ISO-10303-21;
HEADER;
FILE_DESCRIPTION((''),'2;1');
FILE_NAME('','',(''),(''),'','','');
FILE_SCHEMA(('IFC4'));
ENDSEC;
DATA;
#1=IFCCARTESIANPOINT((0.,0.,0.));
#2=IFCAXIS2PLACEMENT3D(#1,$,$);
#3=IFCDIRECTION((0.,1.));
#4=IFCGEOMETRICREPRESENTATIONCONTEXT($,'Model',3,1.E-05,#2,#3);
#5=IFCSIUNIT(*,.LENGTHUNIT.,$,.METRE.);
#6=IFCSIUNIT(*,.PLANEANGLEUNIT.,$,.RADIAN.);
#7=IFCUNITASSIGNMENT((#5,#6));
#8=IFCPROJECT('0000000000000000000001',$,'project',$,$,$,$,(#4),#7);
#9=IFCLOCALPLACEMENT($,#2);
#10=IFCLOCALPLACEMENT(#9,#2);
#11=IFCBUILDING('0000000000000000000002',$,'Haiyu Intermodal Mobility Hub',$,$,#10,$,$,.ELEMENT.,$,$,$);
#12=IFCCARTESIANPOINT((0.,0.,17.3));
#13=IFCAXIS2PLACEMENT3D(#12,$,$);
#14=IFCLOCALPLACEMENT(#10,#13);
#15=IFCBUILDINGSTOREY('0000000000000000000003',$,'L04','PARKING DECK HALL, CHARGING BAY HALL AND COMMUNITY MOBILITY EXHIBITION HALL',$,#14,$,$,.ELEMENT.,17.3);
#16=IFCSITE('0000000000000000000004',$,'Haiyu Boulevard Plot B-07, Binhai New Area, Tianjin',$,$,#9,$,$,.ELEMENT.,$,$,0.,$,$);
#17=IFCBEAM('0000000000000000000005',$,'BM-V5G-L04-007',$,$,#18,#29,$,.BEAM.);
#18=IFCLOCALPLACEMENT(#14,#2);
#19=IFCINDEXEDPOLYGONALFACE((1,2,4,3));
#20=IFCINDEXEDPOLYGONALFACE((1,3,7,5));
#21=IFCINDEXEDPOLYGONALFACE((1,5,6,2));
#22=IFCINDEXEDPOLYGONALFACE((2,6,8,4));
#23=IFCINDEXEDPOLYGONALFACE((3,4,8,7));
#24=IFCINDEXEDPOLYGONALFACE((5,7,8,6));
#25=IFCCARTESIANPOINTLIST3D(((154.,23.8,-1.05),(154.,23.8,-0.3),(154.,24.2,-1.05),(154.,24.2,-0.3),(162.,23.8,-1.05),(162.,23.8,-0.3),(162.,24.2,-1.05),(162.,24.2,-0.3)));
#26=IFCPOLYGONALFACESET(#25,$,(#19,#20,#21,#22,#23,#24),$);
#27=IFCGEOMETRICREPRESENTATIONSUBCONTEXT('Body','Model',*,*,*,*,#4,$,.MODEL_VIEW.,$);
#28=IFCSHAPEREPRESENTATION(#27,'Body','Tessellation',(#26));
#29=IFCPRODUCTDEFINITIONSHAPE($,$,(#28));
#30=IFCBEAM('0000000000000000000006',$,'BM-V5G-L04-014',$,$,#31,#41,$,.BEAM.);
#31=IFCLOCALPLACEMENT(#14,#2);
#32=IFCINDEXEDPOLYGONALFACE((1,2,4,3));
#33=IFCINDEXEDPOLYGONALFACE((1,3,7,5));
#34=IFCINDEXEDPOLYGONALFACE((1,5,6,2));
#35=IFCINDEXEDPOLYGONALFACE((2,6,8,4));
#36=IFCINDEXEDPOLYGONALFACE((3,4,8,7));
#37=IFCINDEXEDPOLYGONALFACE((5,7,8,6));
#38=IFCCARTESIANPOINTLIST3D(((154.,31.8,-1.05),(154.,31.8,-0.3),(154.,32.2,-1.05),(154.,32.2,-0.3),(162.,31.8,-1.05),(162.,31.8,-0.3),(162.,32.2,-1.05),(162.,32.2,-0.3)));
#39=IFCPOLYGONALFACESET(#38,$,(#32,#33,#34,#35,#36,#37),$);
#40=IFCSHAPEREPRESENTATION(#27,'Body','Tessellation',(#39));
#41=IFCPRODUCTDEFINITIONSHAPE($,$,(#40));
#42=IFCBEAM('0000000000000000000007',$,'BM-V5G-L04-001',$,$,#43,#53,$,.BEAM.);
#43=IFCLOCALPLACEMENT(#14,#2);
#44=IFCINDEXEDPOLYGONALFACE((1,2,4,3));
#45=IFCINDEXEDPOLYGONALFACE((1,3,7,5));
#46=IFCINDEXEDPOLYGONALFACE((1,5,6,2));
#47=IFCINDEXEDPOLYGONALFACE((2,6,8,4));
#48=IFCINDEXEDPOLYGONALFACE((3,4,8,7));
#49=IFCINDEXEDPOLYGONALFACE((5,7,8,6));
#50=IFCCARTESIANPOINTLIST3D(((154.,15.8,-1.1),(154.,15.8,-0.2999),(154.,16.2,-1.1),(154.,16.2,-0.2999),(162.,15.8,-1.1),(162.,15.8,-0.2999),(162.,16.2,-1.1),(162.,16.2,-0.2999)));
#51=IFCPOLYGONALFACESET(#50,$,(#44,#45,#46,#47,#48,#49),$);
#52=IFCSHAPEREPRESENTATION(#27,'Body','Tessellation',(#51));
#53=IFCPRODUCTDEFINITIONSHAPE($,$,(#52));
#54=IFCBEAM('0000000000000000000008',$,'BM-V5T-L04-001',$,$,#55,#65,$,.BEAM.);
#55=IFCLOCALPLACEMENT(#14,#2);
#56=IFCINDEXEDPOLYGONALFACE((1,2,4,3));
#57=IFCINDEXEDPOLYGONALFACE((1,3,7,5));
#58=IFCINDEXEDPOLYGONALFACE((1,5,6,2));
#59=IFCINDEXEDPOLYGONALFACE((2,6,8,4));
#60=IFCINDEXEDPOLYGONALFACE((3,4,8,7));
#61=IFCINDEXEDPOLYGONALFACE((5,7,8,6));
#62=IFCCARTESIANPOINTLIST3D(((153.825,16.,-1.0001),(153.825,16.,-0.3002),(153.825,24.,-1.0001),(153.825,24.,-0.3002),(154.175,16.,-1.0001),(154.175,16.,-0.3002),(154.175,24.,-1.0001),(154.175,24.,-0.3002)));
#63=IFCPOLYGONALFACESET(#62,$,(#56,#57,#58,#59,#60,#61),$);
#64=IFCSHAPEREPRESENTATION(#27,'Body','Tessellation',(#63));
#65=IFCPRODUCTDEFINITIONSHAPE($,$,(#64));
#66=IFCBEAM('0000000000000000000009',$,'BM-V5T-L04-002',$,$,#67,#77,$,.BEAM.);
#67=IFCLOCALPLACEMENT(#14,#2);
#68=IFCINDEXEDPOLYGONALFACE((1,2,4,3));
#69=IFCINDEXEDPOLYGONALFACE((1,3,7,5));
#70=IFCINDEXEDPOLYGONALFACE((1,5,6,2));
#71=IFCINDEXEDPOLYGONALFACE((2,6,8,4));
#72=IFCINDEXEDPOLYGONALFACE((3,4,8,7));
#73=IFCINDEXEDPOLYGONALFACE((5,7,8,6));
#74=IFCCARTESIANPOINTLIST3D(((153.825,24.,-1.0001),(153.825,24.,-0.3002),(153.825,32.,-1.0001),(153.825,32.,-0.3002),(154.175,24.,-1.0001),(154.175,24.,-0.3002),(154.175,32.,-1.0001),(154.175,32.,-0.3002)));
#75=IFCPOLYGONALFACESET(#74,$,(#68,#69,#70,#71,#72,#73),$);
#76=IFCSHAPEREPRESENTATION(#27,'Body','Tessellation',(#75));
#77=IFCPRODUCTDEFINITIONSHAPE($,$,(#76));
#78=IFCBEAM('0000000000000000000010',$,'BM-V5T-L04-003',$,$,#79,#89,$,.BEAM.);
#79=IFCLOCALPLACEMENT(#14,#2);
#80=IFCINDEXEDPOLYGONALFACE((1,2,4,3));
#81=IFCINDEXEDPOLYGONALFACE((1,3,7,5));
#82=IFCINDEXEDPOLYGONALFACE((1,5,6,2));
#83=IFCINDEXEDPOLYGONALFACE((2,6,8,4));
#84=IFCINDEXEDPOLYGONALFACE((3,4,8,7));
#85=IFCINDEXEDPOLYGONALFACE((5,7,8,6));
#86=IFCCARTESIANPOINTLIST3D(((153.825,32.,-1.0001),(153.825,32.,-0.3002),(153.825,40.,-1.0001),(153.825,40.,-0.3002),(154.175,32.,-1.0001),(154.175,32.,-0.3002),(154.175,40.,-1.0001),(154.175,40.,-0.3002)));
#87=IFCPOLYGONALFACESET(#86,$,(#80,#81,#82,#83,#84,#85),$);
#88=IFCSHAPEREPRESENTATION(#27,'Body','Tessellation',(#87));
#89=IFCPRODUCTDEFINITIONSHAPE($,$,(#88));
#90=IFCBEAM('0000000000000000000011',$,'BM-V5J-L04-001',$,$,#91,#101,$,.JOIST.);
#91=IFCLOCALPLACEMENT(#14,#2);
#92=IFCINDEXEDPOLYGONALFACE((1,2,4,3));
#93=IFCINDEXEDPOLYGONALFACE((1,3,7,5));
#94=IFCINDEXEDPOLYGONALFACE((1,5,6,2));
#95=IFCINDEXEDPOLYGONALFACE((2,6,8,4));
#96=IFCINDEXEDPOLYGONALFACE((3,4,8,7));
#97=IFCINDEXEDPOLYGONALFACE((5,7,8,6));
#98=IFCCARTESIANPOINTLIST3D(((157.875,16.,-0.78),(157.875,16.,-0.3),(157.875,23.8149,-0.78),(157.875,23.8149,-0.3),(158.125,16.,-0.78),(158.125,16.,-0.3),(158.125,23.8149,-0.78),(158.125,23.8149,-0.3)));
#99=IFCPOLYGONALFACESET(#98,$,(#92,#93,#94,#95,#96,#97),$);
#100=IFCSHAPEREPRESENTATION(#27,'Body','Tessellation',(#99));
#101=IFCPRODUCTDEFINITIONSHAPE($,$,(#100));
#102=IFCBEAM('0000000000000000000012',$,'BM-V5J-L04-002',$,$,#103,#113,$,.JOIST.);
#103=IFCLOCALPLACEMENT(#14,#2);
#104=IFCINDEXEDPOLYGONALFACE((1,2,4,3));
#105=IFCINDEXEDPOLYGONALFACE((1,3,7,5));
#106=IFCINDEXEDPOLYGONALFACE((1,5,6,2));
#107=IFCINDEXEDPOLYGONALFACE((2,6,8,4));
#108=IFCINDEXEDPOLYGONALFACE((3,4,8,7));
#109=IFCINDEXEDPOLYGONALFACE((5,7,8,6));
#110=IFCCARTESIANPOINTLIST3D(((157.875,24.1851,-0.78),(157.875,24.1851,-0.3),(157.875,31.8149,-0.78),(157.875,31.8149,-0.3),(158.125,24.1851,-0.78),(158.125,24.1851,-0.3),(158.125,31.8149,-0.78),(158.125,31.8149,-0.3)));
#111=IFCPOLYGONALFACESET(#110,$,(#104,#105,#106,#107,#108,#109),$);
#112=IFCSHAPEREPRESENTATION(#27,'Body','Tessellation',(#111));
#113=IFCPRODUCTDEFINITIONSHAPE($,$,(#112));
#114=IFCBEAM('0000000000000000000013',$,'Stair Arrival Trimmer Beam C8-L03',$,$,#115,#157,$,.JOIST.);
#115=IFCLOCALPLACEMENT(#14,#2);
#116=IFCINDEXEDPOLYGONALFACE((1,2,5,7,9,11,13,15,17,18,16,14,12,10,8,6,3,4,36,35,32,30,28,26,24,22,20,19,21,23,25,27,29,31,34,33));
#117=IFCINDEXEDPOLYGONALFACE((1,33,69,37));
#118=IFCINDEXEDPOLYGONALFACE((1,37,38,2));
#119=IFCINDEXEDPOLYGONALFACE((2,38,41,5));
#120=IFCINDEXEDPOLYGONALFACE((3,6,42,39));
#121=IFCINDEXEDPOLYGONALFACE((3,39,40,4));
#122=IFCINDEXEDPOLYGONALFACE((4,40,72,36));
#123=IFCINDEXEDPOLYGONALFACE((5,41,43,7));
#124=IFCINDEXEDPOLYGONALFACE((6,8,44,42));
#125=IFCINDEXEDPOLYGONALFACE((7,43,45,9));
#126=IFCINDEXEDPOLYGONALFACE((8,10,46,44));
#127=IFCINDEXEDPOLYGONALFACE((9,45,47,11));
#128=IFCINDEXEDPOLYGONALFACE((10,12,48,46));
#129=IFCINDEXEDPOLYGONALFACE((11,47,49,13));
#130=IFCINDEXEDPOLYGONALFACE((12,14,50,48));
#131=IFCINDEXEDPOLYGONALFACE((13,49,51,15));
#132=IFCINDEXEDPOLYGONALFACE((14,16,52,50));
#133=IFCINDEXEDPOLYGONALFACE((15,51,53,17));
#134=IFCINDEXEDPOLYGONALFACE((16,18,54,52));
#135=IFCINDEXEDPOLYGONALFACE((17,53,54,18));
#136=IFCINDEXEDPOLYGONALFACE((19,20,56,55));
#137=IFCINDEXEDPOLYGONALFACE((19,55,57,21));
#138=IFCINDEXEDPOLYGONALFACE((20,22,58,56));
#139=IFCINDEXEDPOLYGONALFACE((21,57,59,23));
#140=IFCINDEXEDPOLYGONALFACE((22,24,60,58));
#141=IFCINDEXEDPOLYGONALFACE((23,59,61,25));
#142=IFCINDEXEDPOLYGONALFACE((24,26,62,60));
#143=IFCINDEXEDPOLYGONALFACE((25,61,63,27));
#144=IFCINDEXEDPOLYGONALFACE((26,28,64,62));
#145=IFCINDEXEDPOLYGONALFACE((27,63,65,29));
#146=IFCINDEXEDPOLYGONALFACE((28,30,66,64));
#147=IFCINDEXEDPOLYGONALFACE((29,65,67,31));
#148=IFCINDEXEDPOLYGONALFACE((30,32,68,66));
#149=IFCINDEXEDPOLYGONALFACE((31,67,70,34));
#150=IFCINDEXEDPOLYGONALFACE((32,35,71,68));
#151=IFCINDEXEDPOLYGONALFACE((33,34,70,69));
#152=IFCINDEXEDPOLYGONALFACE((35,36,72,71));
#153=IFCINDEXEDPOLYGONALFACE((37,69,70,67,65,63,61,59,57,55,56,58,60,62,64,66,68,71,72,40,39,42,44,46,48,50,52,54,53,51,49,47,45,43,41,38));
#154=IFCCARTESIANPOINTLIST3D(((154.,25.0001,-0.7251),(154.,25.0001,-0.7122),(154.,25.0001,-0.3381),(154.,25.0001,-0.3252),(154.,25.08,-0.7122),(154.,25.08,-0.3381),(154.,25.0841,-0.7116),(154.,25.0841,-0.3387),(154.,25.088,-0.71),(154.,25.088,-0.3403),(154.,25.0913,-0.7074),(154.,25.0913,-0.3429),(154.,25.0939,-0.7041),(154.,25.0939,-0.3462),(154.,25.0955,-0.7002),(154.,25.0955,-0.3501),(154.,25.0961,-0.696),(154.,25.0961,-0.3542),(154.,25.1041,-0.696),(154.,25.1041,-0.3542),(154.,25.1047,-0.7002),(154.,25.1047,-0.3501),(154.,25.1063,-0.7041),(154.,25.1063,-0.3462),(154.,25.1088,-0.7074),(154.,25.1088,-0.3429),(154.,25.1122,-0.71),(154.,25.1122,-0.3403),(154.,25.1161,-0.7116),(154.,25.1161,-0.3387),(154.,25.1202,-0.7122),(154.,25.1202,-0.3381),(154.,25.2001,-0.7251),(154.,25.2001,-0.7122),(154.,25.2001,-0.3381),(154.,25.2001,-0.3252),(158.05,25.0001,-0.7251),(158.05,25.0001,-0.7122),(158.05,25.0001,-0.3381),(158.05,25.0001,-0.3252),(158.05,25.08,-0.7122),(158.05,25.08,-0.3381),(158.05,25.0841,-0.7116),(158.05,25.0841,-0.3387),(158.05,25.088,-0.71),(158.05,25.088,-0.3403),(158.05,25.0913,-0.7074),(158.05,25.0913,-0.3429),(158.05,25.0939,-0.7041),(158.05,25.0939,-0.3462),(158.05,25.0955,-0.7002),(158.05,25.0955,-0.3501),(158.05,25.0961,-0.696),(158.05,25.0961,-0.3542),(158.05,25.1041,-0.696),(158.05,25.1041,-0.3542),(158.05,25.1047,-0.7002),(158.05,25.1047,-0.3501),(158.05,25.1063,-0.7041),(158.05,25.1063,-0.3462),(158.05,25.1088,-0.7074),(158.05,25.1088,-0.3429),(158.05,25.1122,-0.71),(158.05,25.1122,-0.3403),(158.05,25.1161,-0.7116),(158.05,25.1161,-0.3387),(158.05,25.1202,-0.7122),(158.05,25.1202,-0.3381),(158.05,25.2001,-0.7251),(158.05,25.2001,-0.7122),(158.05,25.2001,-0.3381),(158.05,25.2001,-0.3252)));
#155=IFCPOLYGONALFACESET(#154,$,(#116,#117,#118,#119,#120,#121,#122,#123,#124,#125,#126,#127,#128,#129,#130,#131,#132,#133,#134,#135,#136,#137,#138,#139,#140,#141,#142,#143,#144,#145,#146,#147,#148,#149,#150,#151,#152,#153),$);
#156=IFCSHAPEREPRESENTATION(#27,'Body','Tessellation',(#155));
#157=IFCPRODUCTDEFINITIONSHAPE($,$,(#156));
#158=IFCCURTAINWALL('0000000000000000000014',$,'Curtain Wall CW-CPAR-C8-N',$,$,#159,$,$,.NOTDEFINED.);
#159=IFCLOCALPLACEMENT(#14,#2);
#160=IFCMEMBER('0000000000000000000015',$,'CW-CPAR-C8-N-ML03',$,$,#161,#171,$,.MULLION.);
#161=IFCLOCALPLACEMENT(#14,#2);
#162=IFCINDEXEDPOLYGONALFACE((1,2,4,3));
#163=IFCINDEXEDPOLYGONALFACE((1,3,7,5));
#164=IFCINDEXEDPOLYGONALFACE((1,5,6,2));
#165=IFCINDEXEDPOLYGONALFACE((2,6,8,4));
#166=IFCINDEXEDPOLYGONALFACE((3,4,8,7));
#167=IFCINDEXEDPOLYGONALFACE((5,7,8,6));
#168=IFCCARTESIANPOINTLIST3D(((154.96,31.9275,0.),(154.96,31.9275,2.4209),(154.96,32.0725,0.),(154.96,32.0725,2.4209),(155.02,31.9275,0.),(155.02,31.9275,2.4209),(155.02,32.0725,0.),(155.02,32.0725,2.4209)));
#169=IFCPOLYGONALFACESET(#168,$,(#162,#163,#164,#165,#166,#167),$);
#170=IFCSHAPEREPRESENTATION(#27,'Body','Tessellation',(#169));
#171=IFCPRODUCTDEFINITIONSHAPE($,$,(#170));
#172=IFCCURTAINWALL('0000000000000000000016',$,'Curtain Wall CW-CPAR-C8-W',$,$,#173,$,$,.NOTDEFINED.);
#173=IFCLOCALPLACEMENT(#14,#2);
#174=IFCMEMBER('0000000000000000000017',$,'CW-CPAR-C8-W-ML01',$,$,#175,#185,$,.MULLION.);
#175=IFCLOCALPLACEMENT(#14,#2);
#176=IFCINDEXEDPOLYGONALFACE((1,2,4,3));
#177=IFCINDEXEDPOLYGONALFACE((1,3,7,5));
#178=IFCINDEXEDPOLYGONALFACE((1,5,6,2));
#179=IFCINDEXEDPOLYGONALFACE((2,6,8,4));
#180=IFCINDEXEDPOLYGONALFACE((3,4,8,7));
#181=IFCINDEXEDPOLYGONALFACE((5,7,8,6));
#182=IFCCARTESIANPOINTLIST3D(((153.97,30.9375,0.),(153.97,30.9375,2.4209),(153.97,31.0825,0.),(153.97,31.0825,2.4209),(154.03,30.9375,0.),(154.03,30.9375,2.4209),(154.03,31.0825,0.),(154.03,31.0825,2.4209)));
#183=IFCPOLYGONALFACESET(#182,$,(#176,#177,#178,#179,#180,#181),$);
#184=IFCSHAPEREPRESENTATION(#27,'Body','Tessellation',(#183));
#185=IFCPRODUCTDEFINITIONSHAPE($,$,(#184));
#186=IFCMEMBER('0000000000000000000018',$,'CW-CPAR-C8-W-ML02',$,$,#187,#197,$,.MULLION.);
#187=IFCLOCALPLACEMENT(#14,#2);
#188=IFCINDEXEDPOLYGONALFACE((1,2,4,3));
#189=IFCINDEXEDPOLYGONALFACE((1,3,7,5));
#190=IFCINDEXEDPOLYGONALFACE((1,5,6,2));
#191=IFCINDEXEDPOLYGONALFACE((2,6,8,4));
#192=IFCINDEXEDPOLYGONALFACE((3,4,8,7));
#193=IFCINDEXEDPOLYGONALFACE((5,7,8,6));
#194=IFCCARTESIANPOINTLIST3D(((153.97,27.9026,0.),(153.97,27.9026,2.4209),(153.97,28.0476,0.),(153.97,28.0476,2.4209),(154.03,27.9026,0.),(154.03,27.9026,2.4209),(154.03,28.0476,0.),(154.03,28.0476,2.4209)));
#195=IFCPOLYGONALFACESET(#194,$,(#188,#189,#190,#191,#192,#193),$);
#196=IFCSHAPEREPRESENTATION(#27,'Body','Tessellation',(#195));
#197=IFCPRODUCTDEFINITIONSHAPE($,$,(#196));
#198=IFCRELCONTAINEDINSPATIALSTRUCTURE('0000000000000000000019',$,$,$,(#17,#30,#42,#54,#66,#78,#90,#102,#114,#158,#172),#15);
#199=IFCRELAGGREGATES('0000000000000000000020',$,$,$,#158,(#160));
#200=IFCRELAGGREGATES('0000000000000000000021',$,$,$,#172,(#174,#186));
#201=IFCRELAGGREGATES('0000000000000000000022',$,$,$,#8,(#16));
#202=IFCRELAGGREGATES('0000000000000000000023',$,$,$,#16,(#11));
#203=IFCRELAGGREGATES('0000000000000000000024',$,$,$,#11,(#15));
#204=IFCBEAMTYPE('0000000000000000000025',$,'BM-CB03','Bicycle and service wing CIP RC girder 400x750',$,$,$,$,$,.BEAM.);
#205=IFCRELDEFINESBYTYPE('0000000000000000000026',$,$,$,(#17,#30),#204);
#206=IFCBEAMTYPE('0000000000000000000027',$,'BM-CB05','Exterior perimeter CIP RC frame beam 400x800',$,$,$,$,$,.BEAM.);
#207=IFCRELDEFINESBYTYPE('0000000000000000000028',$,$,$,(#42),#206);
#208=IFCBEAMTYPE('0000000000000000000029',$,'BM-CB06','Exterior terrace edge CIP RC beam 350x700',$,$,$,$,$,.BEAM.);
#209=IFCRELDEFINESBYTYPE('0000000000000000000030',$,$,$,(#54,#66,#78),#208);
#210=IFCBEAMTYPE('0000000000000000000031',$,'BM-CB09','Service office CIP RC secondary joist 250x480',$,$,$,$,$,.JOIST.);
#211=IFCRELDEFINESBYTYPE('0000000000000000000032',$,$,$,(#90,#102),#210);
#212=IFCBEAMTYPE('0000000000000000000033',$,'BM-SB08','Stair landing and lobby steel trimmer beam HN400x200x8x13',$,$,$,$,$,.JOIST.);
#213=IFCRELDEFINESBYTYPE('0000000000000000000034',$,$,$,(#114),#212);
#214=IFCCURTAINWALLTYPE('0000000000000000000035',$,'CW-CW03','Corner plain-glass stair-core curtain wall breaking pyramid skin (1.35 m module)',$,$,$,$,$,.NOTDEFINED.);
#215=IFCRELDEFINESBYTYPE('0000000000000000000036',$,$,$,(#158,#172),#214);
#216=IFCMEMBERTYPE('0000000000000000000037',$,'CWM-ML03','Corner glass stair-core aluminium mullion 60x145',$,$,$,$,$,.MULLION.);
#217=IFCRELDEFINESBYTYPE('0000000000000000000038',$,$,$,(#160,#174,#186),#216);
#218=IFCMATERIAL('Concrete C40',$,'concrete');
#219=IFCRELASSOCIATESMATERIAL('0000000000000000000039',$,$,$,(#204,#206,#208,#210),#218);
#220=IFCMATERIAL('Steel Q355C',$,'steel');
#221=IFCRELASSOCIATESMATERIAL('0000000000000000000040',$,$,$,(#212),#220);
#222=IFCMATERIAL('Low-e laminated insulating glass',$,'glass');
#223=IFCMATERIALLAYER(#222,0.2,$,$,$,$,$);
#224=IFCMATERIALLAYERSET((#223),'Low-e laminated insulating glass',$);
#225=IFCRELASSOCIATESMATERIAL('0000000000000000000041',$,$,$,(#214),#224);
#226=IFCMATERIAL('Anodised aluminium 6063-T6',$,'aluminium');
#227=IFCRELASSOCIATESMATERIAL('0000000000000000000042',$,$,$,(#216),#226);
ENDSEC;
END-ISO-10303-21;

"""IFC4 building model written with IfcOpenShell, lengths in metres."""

from ifc_helpers import new_model, si_unit, direction, frame, origin, origin_2d, place, context, subcontext, project, spatial, rectangle, i_section, extrude, material, layer, layer_set, material_profile, profile_set, type_object, element, aggregate, save


model = new_model("IFC4")

# Units and contexts
model_context = context("Model", 3, precision=1e-05, world=origin(), true_north=direction((0.0, 1.0)))
body_context = subcontext(model_context, "Body", "Model", "MODEL_VIEW")
ifc_project = project(units=[si_unit("LENGTHUNIT", "METRE"), si_unit("PLANEANGLEUNIT", "RADIAN")], contexts=[model_context])

# Site, building, storey
site_placement = place(None, origin())
site = spatial("IfcSite", under=ifc_project, at=site_placement, Name="Haiyu Boulevard Plot B-07, Binhai New Area, Tianjin", CompositionType="ELEMENT", RefElevation=0.0)
building_placement = place(site_placement, origin())
building = spatial("IfcBuilding", under=site, at=building_placement, Name="Haiyu Intermodal Mobility Hub", CompositionType="ELEMENT")
storey_placement = place(building_placement, frame((0.0, 0.0, 17.3)))
storey = spatial("IfcBuildingStorey", under=building, at=storey_placement, Name="L04", Description="PARKING DECK HALL, CHARGING BAY HALL AND COMMUNITY MOBILITY EXHIBITION HALL", CompositionType="ELEMENT", Elevation=17.3)

# Beams
ifc_material_1 = material(Name="Concrete C40", Category="concrete")
ifc_material_profile_1 = material_profile(ifc_material_1, rectangle(XDim=0.3999, YDim=0.75, at=origin_2d()), Name="RCB400x750")
ifc_profile_set_1 = profile_set([ifc_material_profile_1], Name="Concrete C40")
beam_type_1 = type_object("IfcBeamType", Name="BM-CB03", Description="Bicycle and service wing CIP RC girder 400x750", PredefinedType="BEAM", material=ifc_profile_set_1)
for number, where, z_axis, x_axis, name in (
    (1, (154.0, 24.0, -0.675), (1.0, 0.0, 0.0), (0.0, 1.0, 0.0), "BM-V5G-L04-007"),
    (2, (154.0, 32.0, -0.675), (1.0, 0.0, 0.0), (0.0, 1.0, 0.0), "BM-V5G-L04-014"),
):
    element("IfcBeam", number, at=place(storey_placement, frame(where, z_axis=z_axis, x_axis=x_axis)), inside=storey, type_object=beam_type_1, Name=name, PredefinedType="BEAM", context=body_context, shape_type="SweptSolid", body=[
        extrude(rectangle(XDim=0.3999, YDim=0.75, at=origin_2d()), origin(), (0.0, 0.0, 1.0), 8.0),
    ])
ifc_material_profile_2 = material_profile(ifc_material_1, rectangle(XDim=0.3999, YDim=0.8, at=origin_2d()), Name="RCB400x800")
ifc_profile_set_2 = profile_set([ifc_material_profile_2], Name="Concrete C40")
beam_type_2 = type_object("IfcBeamType", Name="BM-CB05", Description="Exterior perimeter CIP RC frame beam 400x800", PredefinedType="BEAM", material=ifc_profile_set_2)
beam_1_placement = place(storey_placement, frame((154.0, 16.0, -0.7), z_axis=(1.0, 0.0, 0.0), x_axis=(0.0, 1.0, 0.0)))
element("IfcBeam", 3, at=beam_1_placement, inside=storey, type_object=beam_type_2, Name="BM-V5G-L04-001", PredefinedType="BEAM", context=body_context, shape_type="SweptSolid", body=[
    extrude(rectangle(XDim=0.3999, YDim=0.8, at=origin_2d()), origin(), (0.0, 0.0, 1.0), 8.0),
])
ifc_material_profile_3 = material_profile(ifc_material_1, rectangle(XDim=0.3501, YDim=0.7, at=origin_2d()), Name="RCB350x700")
ifc_profile_set_3 = profile_set([ifc_material_profile_3], Name="Concrete C40")
beam_type_3 = type_object("IfcBeamType", Name="BM-CB06", Description="Exterior terrace edge CIP RC beam 350x700", PredefinedType="BEAM", material=ifc_profile_set_3)
for number, where, z_axis, x_axis, name in (
    (4, (154.0, 16.0, -0.6501), (0.0, 1.0, 0.0), (-1.0, 0.0, 0.0), "BM-V5T-L04-001"),
    (5, (154.0, 24.0, -0.6501), (0.0, 1.0, 0.0), (-1.0, 0.0, 0.0), "BM-V5T-L04-002"),
    (6, (154.0, 32.0, -0.6501), (0.0, 1.0, 0.0), (-1.0, 0.0, 0.0), "BM-V5T-L04-003"),
):
    element("IfcBeam", number, at=place(storey_placement, frame(where, z_axis=z_axis, x_axis=x_axis)), inside=storey, type_object=beam_type_3, Name=name, PredefinedType="BEAM", context=body_context, shape_type="SweptSolid", body=[
        extrude(rectangle(XDim=0.3501, YDim=0.7, at=origin_2d()), origin(), (0.0, 0.0, 1.0), 8.0),
    ])
ifc_material_profile_4 = material_profile(ifc_material_1, rectangle(XDim=0.25, YDim=0.48, at=origin_2d()), Name="RCB250x480")
ifc_profile_set_4 = profile_set([ifc_material_profile_4], Name="Concrete C40")
beam_type_4 = type_object("IfcBeamType", Name="BM-CB09", Description="Service office CIP RC secondary joist 250x480", PredefinedType="JOIST", material=ifc_profile_set_4)
beam_2_placement = place(storey_placement, frame((158.0, 16.0, -0.54), z_axis=(0.0, 1.0, 0.0), x_axis=(-1.0, 0.0, 0.0)))
element("IfcBeam", 7, at=beam_2_placement, inside=storey, type_object=beam_type_4, Name="BM-V5J-L04-001", PredefinedType="JOIST", context=body_context, shape_type="SweptSolid", body=[
    extrude(rectangle(XDim=0.25, YDim=0.48, at=origin_2d()), origin(), (0.0, 0.0, 1.0), 7.8149),
])
beam_3_placement = place(storey_placement, frame((158.0, 24.1851, -0.54), z_axis=(0.0, 1.0, 0.0), x_axis=(-1.0, 0.0, 0.0)))
element("IfcBeam", 8, at=beam_3_placement, inside=storey, type_object=beam_type_4, Name="BM-V5J-L04-002", PredefinedType="JOIST", context=body_context, shape_type="SweptSolid", body=[
    extrude(rectangle(XDim=0.25, YDim=0.48, at=origin_2d()), origin(), (0.0, 0.0, 1.0), 7.6299),
])
ifc_material_2 = material(Name="Steel Q355C", Category="steel")
ifc_material_profile_5 = material_profile(ifc_material_2, i_section(OverallWidth=0.2, OverallDepth=0.3999, WebThickness=0.0081, FlangeThickness=0.0129, FilletRadius=0.0161, at=origin_2d()), Name="HN400x200x8x13")
ifc_profile_set_5 = profile_set([ifc_material_profile_5], Name="Steel Q355C")
beam_type_5 = type_object("IfcBeamType", Name="BM-SB08", Description="Stair landing and lobby steel trimmer beam HN400x200x8x13", PredefinedType="JOIST", material=ifc_profile_set_5)
beam_4_placement = place(storey_placement, frame((154.0, 25.1001, -0.5251), z_axis=(1.0, 0.0, 0.0), x_axis=(0.0, 1.0, 0.0)))
element("IfcBeam", 9, at=beam_4_placement, inside=storey, type_object=beam_type_5, Name="Stair Arrival Trimmer Beam C8-L03", PredefinedType="JOIST", context=body_context, shape_type="SweptSolid", body=[
    extrude(i_section(OverallWidth=0.2, OverallDepth=0.3999, WebThickness=0.0081, FlangeThickness=0.0129, FilletRadius=0.0161, at=origin_2d()), origin(), (0.0, 0.0, 1.0), 4.05),
])

# Curtain wall, member
ifc_material_3 = material(Name="Low-e laminated insulating glass", Category="glass")
ifc_layer_1 = layer(ifc_material_3, 0.2)
ifc_layer_set_1 = layer_set([ifc_layer_1], Name="Low-e laminated insulating glass")
curtain_wall_type = type_object("IfcCurtainWallType", Name="CW-CW03", Description="Corner plain-glass stair-core curtain wall breaking pyramid skin (1.35 m module)", PredefinedType="NOTDEFINED", material=ifc_layer_set_1)
curtain_wall_1_placement = place(storey_placement, origin())
curtain_wall_1 = element("IfcCurtainWall", 10, at=curtain_wall_1_placement, inside=storey, type_object=curtain_wall_type, Name="Curtain Wall CW-CPAR-C8-N", PredefinedType="NOTDEFINED")
ifc_material_4 = material(Name="Anodised aluminium 6063-T6", Category="aluminium")
ifc_material_profile_6 = material_profile(ifc_material_4, rectangle(XDim=0.0601, YDim=0.145, at=origin_2d()), Name="ALU60x145")
ifc_profile_set_6 = profile_set([ifc_material_profile_6], Name="Anodised aluminium 6063-T6")
member_type = type_object("IfcMemberType", Name="CWM-ML03", Description="Corner glass stair-core aluminium mullion 60x145", PredefinedType="MULLION", material=ifc_profile_set_6)
member_1_placement = place(storey_placement, frame((154.99, 32.0, 0.0), z_axis=(0.0, 0.0, 1.0), x_axis=(1.0, 0.0, 0.0)))
member_1 = element("IfcMember", 11, at=member_1_placement, type_object=member_type, Name="CW-CPAR-C8-N-ML03", PredefinedType="MULLION", context=body_context, shape_type="SweptSolid", body=[
    extrude(rectangle(XDim=0.0601, YDim=0.145, at=origin_2d()), origin(), (0.0, 0.0, 1.0), 2.4209),
])
aggregate(curtain_wall_1, [member_1])

# Curtain wall, members
curtain_wall_2_placement = place(storey_placement, origin())
curtain_wall_2 = element("IfcCurtainWall", 12, at=curtain_wall_2_placement, inside=storey, type_object=curtain_wall_type, Name="Curtain Wall CW-CPAR-C8-W", PredefinedType="NOTDEFINED")
member_2_placement = place(storey_placement, frame((154.0, 31.01, 0.0), z_axis=(0.0, 0.0, 1.0), x_axis=(1.0, 0.0, 0.0)))
member_2 = element("IfcMember", 13, at=member_2_placement, type_object=member_type, Name="CW-CPAR-C8-W-ML01", PredefinedType="MULLION", context=body_context, shape_type="SweptSolid", body=[
    extrude(rectangle(XDim=0.0601, YDim=0.145, at=origin_2d()), origin(), (0.0, 0.0, 1.0), 2.4209),
])
member_3_placement = place(storey_placement, frame((154.0, 27.9751, 0.0), z_axis=(0.0, 0.0, 1.0), x_axis=(1.0, 0.0, 0.0)))
member_3 = element("IfcMember", 14, at=member_3_placement, type_object=member_type, Name="CW-CPAR-C8-W-ML02", PredefinedType="MULLION", context=body_context, shape_type="SweptSolid", body=[
    extrude(rectangle(XDim=0.0601, YDim=0.145, at=origin_2d()), origin(), (0.0, 0.0, 1.0), 2.4209),
])
aggregate(curtain_wall_2, [member_2, member_3])

save(model, "model.ifc")
